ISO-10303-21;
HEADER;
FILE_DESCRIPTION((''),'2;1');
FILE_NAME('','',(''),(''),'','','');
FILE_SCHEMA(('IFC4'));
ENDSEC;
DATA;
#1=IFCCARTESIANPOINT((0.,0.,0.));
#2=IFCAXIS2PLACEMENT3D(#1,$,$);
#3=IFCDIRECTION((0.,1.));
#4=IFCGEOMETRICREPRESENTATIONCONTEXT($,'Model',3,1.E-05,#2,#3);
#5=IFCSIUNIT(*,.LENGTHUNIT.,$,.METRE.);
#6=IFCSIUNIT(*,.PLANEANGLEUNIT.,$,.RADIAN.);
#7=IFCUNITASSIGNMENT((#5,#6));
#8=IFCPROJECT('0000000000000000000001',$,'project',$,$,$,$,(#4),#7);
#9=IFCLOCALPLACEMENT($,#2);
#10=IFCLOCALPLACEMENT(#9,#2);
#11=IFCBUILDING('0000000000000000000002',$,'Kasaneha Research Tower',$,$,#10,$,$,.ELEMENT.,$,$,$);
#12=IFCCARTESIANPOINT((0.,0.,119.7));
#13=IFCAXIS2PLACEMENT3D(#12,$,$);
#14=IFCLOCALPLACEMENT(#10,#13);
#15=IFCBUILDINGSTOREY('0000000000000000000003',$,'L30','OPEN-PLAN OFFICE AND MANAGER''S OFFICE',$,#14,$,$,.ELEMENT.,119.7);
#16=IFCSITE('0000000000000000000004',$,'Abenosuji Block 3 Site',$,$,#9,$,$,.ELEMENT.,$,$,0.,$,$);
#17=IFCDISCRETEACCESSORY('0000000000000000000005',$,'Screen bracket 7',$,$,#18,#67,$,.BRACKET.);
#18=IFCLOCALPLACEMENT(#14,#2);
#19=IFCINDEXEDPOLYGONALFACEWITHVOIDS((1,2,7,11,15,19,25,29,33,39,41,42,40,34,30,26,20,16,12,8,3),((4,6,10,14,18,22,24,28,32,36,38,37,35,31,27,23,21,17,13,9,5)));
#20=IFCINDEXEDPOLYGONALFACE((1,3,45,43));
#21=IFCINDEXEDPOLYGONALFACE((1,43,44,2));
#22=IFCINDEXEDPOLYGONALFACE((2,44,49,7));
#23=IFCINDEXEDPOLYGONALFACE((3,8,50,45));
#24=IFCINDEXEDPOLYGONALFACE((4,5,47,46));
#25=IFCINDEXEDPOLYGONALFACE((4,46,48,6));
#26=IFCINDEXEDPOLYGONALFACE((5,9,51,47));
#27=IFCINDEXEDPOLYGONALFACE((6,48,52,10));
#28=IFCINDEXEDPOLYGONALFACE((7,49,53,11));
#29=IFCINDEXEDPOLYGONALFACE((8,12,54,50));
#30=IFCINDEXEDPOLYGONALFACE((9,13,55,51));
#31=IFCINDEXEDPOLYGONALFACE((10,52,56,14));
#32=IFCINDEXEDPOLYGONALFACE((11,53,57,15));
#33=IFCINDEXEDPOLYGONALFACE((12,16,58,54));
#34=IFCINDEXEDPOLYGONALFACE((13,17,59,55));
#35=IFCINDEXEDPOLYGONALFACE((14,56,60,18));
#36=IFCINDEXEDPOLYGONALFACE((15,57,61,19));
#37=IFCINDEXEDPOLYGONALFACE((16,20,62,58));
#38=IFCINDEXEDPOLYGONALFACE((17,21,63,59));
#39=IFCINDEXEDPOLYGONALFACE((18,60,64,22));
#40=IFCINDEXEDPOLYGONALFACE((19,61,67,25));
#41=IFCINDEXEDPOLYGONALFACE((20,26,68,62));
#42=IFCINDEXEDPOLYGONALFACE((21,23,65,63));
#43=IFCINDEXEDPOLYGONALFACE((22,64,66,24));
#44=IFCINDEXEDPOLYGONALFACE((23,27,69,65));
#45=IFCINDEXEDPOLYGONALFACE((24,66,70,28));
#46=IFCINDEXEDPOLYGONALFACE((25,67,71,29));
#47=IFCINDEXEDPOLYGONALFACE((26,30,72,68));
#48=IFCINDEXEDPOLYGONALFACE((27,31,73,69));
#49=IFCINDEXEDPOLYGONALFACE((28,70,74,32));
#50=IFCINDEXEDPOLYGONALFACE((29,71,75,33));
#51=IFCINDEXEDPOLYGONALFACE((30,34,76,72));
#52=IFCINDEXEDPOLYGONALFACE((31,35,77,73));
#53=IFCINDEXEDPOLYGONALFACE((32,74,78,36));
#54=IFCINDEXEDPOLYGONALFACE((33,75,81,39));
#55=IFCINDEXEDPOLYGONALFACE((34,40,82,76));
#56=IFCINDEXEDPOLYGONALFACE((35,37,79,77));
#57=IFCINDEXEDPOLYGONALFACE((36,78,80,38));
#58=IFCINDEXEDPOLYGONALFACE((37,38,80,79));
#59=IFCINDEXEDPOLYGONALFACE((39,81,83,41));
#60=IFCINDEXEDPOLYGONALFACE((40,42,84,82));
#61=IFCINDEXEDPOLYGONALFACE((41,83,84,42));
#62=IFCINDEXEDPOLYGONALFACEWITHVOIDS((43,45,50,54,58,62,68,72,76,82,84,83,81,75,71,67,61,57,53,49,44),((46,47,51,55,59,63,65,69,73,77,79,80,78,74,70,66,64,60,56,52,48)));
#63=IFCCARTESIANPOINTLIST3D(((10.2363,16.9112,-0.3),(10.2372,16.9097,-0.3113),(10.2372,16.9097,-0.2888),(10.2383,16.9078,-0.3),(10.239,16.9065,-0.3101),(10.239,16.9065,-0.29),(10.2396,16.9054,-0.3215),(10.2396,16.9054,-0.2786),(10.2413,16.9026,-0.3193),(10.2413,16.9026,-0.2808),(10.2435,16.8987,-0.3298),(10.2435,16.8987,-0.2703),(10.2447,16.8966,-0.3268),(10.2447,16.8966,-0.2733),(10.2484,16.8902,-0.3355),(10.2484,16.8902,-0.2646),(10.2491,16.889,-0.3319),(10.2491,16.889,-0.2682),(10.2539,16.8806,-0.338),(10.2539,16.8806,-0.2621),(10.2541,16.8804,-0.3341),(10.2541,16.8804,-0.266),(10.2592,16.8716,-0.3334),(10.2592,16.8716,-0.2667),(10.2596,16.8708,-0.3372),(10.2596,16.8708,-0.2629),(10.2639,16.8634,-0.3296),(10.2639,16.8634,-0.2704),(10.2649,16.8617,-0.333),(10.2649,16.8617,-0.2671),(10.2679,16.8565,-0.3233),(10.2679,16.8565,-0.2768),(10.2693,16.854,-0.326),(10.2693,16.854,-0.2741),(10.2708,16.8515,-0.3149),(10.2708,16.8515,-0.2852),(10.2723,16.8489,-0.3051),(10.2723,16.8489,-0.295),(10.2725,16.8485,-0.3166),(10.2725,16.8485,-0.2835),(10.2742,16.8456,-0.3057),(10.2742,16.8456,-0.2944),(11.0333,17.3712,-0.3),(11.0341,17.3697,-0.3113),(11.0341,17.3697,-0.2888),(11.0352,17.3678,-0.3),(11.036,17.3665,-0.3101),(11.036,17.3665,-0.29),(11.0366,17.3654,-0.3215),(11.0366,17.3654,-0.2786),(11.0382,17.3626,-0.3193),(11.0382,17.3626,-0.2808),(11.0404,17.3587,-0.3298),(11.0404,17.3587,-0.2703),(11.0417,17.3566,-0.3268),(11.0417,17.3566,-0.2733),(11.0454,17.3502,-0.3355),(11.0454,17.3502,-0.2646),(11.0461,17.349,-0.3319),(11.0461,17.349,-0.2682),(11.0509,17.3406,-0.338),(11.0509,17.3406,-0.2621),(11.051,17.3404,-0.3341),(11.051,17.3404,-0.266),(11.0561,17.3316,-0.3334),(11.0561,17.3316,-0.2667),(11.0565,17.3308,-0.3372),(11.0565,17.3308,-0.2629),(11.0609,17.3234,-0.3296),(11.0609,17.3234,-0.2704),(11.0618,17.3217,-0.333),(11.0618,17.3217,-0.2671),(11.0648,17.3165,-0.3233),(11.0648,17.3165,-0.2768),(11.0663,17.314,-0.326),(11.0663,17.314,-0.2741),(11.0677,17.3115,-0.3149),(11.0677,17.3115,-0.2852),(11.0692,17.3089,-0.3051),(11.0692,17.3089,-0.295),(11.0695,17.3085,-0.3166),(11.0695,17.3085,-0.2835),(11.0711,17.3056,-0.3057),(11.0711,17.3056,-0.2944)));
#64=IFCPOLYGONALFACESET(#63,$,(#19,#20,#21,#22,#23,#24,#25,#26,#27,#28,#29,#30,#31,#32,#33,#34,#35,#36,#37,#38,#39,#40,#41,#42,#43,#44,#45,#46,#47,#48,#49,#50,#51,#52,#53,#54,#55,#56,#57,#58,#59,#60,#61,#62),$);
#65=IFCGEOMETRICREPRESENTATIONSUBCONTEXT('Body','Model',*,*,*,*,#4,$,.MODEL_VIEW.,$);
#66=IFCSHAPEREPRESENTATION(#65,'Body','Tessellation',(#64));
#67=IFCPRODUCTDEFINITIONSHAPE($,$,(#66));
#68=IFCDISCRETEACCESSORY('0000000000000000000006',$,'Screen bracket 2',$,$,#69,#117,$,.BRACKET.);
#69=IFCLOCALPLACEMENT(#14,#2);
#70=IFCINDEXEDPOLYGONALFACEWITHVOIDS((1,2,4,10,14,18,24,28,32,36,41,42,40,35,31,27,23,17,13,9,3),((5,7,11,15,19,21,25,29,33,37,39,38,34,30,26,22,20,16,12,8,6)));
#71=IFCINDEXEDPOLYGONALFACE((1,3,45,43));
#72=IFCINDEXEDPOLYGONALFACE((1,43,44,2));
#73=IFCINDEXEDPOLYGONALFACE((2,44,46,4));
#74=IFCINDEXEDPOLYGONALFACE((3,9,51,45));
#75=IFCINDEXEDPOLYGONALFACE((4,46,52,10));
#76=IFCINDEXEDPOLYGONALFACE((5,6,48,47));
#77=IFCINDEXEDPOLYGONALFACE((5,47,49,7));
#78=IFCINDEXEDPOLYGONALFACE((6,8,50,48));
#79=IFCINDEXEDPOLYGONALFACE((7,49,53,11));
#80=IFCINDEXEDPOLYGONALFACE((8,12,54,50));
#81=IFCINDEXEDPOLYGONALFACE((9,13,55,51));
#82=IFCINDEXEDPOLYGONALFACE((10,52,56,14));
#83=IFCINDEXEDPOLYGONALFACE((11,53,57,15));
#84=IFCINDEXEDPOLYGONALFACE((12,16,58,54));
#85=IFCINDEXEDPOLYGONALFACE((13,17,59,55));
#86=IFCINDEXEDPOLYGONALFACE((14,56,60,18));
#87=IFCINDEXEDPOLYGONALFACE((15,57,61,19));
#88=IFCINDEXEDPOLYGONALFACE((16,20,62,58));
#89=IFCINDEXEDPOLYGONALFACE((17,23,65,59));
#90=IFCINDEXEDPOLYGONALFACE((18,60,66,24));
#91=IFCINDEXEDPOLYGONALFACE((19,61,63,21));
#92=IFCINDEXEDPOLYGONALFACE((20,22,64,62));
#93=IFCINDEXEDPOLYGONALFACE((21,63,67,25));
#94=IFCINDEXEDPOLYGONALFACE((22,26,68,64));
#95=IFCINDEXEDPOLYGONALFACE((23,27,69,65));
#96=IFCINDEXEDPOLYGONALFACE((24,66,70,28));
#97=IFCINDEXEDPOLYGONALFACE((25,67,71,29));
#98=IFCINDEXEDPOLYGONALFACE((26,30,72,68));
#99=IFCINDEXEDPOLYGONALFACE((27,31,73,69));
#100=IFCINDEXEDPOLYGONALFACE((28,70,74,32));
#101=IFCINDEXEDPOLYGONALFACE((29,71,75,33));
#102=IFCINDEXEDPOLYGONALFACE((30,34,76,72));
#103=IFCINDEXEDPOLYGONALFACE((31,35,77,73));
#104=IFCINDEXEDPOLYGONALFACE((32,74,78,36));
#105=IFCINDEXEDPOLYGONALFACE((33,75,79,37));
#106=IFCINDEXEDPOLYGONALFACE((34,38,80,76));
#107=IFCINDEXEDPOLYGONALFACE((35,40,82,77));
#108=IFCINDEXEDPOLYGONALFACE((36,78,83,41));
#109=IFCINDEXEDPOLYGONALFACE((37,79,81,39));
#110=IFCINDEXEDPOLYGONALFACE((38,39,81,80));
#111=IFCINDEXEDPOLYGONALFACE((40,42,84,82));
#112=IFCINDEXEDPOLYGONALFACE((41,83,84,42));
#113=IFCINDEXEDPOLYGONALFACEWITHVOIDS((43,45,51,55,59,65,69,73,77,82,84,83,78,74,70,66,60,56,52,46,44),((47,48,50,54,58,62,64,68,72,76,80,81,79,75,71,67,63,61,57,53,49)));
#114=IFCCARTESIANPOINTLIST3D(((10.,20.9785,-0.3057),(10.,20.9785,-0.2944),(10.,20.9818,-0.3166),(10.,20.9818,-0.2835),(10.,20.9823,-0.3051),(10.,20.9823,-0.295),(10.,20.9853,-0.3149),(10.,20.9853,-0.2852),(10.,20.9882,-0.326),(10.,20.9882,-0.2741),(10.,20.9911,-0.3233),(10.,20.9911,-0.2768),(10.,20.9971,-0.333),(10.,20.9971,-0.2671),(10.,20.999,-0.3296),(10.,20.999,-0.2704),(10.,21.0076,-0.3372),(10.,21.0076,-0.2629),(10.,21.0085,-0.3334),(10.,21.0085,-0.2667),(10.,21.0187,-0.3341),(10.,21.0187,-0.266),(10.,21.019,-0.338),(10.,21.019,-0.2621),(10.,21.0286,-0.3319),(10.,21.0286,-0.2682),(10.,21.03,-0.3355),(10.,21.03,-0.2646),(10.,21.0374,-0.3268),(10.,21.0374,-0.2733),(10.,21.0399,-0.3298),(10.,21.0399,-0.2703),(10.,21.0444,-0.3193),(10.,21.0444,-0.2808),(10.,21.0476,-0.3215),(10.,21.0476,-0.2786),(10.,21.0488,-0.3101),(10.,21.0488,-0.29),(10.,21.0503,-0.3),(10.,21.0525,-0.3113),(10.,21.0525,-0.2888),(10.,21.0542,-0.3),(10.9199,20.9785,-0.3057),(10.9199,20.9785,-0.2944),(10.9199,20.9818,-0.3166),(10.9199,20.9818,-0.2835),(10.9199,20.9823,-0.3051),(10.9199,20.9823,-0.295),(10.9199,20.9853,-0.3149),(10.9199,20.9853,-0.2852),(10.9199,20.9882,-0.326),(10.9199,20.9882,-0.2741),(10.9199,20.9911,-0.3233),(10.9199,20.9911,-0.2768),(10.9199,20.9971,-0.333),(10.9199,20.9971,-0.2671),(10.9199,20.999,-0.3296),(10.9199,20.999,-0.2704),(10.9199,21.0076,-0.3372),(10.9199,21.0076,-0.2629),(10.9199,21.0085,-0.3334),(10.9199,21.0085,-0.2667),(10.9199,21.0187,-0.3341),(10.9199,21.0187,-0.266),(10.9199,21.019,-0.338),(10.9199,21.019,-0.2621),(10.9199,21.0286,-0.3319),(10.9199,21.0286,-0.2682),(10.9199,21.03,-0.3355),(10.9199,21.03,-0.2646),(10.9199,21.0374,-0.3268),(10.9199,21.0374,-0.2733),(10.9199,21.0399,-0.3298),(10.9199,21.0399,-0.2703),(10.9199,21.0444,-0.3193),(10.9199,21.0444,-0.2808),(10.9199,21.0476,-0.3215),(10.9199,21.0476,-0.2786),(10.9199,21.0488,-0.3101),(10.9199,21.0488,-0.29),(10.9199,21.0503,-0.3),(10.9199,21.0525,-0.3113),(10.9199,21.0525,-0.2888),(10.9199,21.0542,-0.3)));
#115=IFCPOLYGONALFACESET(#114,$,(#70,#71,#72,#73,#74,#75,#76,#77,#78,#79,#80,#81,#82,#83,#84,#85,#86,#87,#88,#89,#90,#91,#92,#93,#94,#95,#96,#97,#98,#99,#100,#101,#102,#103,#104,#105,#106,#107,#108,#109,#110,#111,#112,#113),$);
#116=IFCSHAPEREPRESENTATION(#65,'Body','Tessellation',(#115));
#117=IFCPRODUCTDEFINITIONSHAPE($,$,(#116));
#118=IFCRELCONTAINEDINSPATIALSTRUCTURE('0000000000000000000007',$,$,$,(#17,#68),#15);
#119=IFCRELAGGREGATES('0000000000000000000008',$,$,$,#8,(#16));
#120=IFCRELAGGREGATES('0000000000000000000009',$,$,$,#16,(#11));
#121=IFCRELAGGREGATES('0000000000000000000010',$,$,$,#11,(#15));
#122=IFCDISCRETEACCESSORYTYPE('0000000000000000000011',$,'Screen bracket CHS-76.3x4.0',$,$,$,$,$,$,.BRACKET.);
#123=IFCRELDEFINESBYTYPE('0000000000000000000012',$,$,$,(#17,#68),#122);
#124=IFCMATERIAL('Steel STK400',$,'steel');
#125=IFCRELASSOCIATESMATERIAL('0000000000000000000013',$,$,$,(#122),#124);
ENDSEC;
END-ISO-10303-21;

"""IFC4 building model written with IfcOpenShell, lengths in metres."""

from ifc_helpers import new_model, si_unit, direction, frame, origin, origin_2d, place, context, subcontext, project, spatial, hollow_circle, extrude, material, material_profile, profile_set, type_object, element, save


model = new_model("IFC4")

# Units and contexts
model_context = context("Model", 3, precision=1e-05, world=origin(), true_north=direction((0.0, 1.0)))
body_context = subcontext(model_context, "Body", "Model", "MODEL_VIEW")
ifc_project = project(units=[si_unit("LENGTHUNIT", "METRE"), si_unit("PLANEANGLEUNIT", "RADIAN")], contexts=[model_context])

# Site, building, storey
site_placement = place(None, origin())
site = spatial("IfcSite", under=ifc_project, at=site_placement, Name="Abenosuji Block 3 Site", CompositionType="ELEMENT", RefElevation=0.0)
building_placement = place(site_placement, origin())
building = spatial("IfcBuilding", under=site, at=building_placement, Name="Kasaneha Research Tower", CompositionType="ELEMENT")
storey_placement = place(building_placement, frame((0.0, 0.0, 119.7)))
storey = spatial("IfcBuildingStorey", under=building, at=storey_placement, Name="L30", Description="OPEN-PLAN OFFICE AND MANAGER'S OFFICE", CompositionType="ELEMENT", Elevation=119.7)

# Discrete accessories
ifc_material_1 = material(Name="Steel STK400", Category="steel")
ifc_material_profile_1 = material_profile(ifc_material_1, hollow_circle(Radius=0.0381, WallThickness=0.0039, at=origin_2d()), Name="CHS-76.3x4.0")
ifc_profile_set_1 = profile_set([ifc_material_profile_1], Name="Steel STK400")
discrete_accessory_type = type_object("IfcDiscreteAccessoryType", Name="Screen bracket CHS-76.3x4.0", PredefinedType="BRACKET", material=ifc_profile_set_1)
discrete_accessory_1_placement = place(storey_placement, frame((10.2554, 16.8782, -0.3), z_axis=(0.86608, 0.499906, 0.0), x_axis=(-0.499906, 0.86608, 0.0)))
element("IfcDiscreteAccessory", 1, at=discrete_accessory_1_placement, inside=storey, type_object=discrete_accessory_type, Name="Screen bracket 7", PredefinedType="BRACKET", context=body_context, shape_type="SweptSolid", body=[
    extrude(hollow_circle(Radius=0.0381, WallThickness=0.0039, at=origin_2d()), origin(), (0.0, 0.0, 1.0), 0.9202),
])
discrete_accessory_2_placement = place(storey_placement, frame((10.0, 21.0161, -0.3), z_axis=(1.0, 0.0, 0.0), x_axis=(0.0, 1.0, 0.0)))
element("IfcDiscreteAccessory", 2, at=discrete_accessory_2_placement, inside=storey, type_object=discrete_accessory_type, Name="Screen bracket 2", PredefinedType="BRACKET", context=body_context, shape_type="SweptSolid", body=[
    extrude(hollow_circle(Radius=0.0381, WallThickness=0.0039, at=origin_2d()), origin(), (0.0, 0.0, 1.0), 0.9199),
])

save(model, "model.ifc")
